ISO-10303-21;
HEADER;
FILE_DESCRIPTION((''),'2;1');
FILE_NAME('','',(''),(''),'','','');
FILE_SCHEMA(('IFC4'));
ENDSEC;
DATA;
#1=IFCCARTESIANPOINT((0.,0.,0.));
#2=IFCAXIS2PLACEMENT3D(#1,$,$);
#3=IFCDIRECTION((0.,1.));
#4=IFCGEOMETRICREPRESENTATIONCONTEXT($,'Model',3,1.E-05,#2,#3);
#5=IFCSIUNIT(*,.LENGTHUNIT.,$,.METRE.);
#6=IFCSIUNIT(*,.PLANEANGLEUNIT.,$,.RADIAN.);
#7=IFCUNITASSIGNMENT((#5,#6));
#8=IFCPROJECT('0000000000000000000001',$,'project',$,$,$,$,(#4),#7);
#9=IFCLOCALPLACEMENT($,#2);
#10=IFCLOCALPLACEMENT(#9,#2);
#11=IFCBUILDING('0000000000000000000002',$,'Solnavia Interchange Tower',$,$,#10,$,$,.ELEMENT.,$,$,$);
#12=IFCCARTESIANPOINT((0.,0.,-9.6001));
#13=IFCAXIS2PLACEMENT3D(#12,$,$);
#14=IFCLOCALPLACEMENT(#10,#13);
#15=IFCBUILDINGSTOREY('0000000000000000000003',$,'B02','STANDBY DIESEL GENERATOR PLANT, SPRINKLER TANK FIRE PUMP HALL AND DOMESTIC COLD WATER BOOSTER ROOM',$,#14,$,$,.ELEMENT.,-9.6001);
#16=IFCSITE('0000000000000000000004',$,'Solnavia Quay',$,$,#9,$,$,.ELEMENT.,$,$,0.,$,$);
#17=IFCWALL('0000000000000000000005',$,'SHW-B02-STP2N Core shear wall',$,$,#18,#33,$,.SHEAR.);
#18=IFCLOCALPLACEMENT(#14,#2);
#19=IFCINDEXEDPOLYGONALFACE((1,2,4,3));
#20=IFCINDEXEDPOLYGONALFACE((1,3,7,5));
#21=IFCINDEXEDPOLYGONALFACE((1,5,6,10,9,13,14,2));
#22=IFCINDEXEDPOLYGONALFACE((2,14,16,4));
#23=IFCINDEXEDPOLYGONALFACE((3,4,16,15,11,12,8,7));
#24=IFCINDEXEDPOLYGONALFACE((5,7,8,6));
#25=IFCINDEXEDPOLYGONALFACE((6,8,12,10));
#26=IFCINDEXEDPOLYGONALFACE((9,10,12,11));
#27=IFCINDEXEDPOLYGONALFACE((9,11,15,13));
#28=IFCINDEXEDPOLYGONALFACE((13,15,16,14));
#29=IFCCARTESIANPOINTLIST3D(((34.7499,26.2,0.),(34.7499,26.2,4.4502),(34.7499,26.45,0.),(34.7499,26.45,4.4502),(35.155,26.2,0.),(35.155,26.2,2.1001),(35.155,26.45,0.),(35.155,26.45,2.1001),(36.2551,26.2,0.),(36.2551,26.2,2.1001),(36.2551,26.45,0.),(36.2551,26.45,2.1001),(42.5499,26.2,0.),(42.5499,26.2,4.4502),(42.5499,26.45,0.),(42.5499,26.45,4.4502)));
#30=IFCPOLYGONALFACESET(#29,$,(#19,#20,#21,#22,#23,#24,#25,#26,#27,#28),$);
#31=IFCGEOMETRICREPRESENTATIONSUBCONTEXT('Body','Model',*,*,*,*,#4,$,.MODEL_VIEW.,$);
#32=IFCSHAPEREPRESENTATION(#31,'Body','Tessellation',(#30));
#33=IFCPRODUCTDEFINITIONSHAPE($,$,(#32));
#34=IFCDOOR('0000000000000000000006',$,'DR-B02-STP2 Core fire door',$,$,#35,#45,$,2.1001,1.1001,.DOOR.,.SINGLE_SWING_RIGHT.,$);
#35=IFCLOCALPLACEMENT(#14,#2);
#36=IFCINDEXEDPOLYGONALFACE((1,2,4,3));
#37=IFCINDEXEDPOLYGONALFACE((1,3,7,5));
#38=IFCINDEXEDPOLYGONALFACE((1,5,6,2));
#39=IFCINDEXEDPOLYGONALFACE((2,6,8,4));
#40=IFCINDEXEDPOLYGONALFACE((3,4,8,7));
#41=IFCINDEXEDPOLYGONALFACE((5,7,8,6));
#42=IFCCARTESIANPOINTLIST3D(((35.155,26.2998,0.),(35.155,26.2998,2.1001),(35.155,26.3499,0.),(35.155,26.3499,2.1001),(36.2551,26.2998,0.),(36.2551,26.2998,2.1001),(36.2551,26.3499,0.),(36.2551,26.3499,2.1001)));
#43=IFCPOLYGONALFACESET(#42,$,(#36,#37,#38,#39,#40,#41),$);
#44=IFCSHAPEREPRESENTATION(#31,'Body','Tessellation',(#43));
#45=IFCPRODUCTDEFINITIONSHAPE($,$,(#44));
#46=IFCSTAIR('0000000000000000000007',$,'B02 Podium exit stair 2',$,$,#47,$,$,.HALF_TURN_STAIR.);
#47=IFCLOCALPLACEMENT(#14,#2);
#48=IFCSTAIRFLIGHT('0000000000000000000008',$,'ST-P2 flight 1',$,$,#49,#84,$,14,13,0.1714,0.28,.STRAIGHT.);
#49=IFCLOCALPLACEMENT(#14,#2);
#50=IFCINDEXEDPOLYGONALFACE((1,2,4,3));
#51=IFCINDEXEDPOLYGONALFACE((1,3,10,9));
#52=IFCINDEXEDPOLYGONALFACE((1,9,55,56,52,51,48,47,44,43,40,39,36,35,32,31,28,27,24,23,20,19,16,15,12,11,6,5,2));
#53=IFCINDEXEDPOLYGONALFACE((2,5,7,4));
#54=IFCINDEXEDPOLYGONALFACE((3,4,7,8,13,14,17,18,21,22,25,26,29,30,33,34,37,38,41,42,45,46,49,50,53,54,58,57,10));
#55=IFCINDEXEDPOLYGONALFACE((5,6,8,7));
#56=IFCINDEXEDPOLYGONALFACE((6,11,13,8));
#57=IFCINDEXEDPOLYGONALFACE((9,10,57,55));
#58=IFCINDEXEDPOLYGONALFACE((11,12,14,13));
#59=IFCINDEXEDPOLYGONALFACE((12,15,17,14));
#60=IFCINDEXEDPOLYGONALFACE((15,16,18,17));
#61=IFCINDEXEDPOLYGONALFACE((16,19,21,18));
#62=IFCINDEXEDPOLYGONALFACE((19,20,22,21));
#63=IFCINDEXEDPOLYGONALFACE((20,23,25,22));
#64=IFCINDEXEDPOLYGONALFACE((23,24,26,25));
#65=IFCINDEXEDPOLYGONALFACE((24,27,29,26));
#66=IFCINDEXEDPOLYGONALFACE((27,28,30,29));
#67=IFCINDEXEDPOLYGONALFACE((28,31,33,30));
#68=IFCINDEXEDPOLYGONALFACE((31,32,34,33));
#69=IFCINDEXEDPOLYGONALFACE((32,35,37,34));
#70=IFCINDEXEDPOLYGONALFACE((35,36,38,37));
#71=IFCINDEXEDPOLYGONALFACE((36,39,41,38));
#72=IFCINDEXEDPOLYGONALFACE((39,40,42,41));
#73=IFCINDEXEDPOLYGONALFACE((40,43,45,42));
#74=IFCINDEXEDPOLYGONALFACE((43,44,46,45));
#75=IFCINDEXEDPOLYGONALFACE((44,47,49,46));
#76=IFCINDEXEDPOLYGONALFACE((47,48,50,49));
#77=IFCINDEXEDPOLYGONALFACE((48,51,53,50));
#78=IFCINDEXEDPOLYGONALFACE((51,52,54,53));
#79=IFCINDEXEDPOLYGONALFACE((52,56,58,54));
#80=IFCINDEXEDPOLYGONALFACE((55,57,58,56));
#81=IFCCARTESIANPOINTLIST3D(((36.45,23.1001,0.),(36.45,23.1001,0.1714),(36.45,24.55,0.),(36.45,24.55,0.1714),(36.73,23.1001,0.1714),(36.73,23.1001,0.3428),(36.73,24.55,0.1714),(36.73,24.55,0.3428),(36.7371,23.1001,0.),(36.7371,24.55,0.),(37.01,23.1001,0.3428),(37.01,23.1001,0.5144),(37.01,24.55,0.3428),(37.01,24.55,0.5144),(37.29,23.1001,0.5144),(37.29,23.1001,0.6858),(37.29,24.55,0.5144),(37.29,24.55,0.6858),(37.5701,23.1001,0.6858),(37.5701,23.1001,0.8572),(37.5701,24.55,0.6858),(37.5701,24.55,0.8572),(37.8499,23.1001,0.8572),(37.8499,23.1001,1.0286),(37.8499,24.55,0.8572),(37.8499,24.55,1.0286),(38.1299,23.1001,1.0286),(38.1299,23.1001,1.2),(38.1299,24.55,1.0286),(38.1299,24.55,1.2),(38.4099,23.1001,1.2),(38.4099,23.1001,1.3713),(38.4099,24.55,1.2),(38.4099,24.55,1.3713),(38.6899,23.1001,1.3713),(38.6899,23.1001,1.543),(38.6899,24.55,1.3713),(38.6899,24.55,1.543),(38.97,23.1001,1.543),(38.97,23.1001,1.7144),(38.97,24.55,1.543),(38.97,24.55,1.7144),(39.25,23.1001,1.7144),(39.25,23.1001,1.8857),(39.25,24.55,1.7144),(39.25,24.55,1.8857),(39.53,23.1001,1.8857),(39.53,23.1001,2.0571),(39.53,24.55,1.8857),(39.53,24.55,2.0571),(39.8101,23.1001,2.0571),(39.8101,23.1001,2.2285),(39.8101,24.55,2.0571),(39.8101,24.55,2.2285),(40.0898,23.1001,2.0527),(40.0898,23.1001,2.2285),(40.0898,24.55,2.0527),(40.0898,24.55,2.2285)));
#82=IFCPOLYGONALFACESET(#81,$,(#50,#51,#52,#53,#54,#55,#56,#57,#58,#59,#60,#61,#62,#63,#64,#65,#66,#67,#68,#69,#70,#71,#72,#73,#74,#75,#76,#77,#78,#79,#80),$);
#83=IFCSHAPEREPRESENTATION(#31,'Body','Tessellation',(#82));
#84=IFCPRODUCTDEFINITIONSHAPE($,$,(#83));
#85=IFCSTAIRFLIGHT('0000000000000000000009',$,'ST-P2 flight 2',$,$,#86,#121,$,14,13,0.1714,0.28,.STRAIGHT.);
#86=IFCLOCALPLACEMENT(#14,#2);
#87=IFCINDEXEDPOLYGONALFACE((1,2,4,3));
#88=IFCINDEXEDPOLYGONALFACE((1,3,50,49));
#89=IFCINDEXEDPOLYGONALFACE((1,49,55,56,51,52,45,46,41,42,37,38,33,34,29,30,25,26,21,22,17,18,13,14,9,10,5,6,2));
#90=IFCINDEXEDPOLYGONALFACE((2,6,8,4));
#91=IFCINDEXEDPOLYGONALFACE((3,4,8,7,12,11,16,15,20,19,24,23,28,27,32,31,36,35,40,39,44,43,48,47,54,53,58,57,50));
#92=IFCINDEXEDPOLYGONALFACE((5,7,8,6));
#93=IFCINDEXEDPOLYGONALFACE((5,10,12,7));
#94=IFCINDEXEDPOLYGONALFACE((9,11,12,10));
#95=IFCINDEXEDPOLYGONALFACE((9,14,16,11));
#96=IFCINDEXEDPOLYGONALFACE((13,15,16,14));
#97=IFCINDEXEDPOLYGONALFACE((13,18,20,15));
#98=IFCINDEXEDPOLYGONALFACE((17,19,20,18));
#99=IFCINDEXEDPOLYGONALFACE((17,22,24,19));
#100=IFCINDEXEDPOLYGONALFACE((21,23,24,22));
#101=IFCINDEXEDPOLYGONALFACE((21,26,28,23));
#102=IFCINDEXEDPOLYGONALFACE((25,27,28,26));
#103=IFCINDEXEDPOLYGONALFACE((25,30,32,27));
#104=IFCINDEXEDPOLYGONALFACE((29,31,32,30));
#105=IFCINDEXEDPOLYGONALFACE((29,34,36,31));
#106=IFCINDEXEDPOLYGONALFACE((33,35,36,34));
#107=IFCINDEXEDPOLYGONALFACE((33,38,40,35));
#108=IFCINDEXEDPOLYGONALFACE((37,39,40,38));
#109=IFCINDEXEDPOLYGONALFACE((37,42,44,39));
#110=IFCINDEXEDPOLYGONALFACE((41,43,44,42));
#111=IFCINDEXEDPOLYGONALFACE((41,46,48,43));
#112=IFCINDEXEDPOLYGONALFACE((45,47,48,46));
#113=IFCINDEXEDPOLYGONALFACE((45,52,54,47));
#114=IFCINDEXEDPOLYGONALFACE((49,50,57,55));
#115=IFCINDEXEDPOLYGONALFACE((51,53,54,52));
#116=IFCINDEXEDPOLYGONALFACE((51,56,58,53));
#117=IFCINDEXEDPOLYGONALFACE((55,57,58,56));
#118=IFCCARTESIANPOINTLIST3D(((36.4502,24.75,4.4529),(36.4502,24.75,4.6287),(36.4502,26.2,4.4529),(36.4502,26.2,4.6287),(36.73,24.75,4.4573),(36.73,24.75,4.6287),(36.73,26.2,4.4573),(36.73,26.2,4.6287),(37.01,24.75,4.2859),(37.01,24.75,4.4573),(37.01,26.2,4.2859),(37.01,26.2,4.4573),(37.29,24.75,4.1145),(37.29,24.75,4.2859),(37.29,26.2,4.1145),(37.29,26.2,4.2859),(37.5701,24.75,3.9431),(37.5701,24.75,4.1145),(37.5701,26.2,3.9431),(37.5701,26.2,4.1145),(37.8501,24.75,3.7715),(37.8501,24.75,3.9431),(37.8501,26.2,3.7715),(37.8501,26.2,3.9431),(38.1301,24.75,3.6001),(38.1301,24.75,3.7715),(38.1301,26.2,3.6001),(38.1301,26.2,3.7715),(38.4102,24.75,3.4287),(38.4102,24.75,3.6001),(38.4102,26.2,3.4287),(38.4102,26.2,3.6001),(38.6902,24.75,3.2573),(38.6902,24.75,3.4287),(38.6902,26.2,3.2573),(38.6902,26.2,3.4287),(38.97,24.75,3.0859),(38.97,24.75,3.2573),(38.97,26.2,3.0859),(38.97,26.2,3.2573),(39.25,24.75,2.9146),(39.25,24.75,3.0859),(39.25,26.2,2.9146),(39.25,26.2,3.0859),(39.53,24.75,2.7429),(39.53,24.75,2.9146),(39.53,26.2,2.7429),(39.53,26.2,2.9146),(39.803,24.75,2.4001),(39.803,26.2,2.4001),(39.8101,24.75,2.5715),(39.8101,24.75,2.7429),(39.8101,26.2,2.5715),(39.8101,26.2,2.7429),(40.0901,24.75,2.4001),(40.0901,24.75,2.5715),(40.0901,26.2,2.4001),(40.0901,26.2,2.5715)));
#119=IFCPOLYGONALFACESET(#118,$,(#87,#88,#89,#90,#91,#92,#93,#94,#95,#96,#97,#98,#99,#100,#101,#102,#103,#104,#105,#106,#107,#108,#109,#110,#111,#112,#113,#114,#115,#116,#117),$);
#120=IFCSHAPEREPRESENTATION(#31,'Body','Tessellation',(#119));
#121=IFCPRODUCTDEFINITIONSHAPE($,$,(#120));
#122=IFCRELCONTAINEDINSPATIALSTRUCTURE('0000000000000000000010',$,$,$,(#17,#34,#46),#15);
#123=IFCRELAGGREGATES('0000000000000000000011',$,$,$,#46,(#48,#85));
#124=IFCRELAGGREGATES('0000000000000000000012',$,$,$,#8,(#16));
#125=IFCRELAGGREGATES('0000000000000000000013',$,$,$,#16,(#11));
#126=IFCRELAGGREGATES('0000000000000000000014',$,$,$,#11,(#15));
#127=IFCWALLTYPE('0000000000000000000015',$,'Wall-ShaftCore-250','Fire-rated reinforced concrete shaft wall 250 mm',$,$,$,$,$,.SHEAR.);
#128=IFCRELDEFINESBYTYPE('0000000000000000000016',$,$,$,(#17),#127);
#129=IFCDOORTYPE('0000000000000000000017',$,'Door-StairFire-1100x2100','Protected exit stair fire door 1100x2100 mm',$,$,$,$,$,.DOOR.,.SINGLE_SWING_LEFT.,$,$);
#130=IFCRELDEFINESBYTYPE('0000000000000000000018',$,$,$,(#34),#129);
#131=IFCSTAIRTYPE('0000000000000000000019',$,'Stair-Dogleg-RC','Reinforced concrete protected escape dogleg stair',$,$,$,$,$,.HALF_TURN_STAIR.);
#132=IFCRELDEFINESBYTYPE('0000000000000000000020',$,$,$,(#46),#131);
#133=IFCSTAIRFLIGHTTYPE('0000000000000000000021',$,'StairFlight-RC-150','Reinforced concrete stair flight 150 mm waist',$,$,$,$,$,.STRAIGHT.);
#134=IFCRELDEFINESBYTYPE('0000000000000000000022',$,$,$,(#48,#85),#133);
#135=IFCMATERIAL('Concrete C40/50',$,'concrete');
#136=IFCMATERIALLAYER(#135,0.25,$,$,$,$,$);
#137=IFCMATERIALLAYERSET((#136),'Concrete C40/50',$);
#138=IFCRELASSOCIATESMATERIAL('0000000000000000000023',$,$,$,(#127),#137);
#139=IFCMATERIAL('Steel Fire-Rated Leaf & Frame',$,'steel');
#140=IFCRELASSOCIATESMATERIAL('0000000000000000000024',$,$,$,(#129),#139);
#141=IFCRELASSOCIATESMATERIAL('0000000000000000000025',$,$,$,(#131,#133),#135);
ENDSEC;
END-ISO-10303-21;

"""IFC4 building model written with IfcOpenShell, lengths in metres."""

from ifc_helpers import new_model, si_unit, direction, frame, frame_2d, origin, place, context, subcontext, project, spatial, polyline, rectangle, outline, extrude, material, layer, layer_set, type_object, element, fill, aggregate, save


model = new_model("IFC4")

# Units and contexts
model_context = context("Model", 3, precision=1e-05, world=origin(), true_north=direction((0.0, 1.0)))
body_context = subcontext(model_context, "Body", "Model", "MODEL_VIEW")
ifc_project = project(units=[si_unit("LENGTHUNIT", "METRE"), si_unit("PLANEANGLEUNIT", "RADIAN")], contexts=[model_context])

# Site, building, storey
site_placement = place(None, origin())
site = spatial("IfcSite", under=ifc_project, at=site_placement, Name="Solnavia Quay", CompositionType="ELEMENT", RefElevation=0.0)
building_placement = place(site_placement, origin())
building = spatial("IfcBuilding", under=site, at=building_placement, Name="Solnavia Interchange Tower", CompositionType="ELEMENT")
storey_placement = place(building_placement, frame((0.0, 0.0, -9.6001)))
storey = spatial("IfcBuildingStorey", under=building, at=storey_placement, Name="B02", Description="STANDBY DIESEL GENERATOR PLANT, SPRINKLER TANK FIRE PUMP HALL AND DOMESTIC COLD WATER BOOSTER ROOM", CompositionType="ELEMENT", Elevation=-9.6001)

# Shared definitions
ifc_material_1 = material(Name="Concrete C40/50", Category="concrete")

# Wall, opening, door
ifc_layer_1 = layer(ifc_material_1, 0.25)
ifc_layer_set_1 = layer_set([ifc_layer_1], Name="Concrete C40/50")
wall_type_1 = type_object("IfcWallType", Name="Wall-ShaftCore-250", Description="Fire-rated reinforced concrete shaft wall 250 mm", PredefinedType="SHEAR", material=ifc_layer_set_1)
wall_1_placement = place(storey_placement, frame((34.75, 26.325, 0.0), z_axis=(0.0, 0.0, 1.0), x_axis=(1.0, 0.0, 0.0)))
wall_1 = element("IfcWall", 1, at=wall_1_placement, inside=storey, type_object=wall_type_1, Name="SHW-B02-STP2N Core shear wall", PredefinedType="SHEAR", context=body_context, shape_type="SweptSolid", body=[
    extrude(rectangle(XDim=7.8, YDim=0.25, at=frame_2d((3.8999, 0.0))), origin(), (0.0, 0.0, 1.0), 4.4502),
])
opening_1_placement = place(wall_1_placement, frame((0.405, 0.0, 0.0)))
opening_1 = element("IfcOpeningElement", 2, at=opening_1_placement, cuts=wall_1, PredefinedType="OPENING", context=body_context, shape_type="SweptSolid", body=[
    extrude(rectangle(XDim=1.1001, YDim=2.1001, at=frame_2d((0.55, 1.05))), frame((0.0, 0.135, 0.0), z_axis=(0.0, -1.0, 0.0), x_axis=(1.0, 0.0, 0.0)), (0.0, 0.0, 1.0), 0.27),
])
ifc_material_2 = material(Name="Steel Fire-Rated Leaf & Frame", Category="steel")
door_type_1 = type_object("IfcDoorType", Name="Door-StairFire-1100x2100", Description="Protected exit stair fire door 1100x2100 mm", OperationType="SINGLE_SWING_LEFT", PredefinedType="DOOR", material=ifc_material_2)
door_1_placement = place(opening_1_placement, origin())
door_1 = element("IfcDoor", 3, at=door_1_placement, inside=storey, type_object=door_type_1, Name="DR-B02-STP2 Core fire door", OperationType="SINGLE_SWING_RIGHT", OverallHeight=2.1001, OverallWidth=1.1001, PredefinedType="DOOR", context=body_context, shape_type="SweptSolid", body=[
    extrude(rectangle(XDim=1.1001, YDim=2.1001, at=frame_2d((0.55, 1.05))), frame((0.0, 0.0249, 0.0), z_axis=(0.0, -1.0, 0.0), x_axis=(1.0, 0.0, 0.0)), (0.0, 0.0, 1.0), 0.05),
])
fill(opening_1, door_1)

# Stair, stair flights
stair_type = type_object("IfcStairType", Name="Stair-Dogleg-RC", Description="Reinforced concrete protected escape dogleg stair", PredefinedType="HALF_TURN_STAIR", material=ifc_material_1)
stair_placement = place(storey_placement, origin())
stair = element("IfcStair", 4, at=stair_placement, inside=storey, type_object=stair_type, Name="B02 Podium exit stair 2", PredefinedType="HALF_TURN_STAIR")
stair_flight_type = type_object("IfcStairFlightType", Name="StairFlight-RC-150", Description="Reinforced concrete stair flight 150 mm waist", PredefinedType="STRAIGHT", material=ifc_material_1)
stair_flight_1_placement = place(storey_placement, frame((36.45, 23.825, 0.0), z_axis=(0.0, 0.0, 1.0), x_axis=(1.0, 0.0, 0.0)))
stair_flight_1 = element("IfcStairFlight", 5, at=stair_flight_1_placement, type_object=stair_flight_type, Name="ST-P2 flight 1", NumberOfRisers=14, NumberOfTreads=13, PredefinedType="STRAIGHT", RiserHeight=0.1714, TreadLength=0.28, context=body_context, shape_type="SweptSolid", body=[
    extrude(outline(polyline([(0.0, 0.0), (0.0, 0.1714), (0.28, 0.1714), (0.28, 0.3428), (0.5601, 0.3428), (0.5601, 0.5144), (0.8401, 0.5144), (0.8401, 0.6858), (1.1201, 0.6858), (1.1201, 0.8572), (1.3999, 0.8572), (1.3999, 1.0286), (1.6799, 1.0286), (1.6799, 1.2), (1.96, 1.2), (1.96, 1.3713), (2.24, 1.3713), (2.24, 1.543), (2.52, 1.543), (2.52, 1.7144), (2.8, 1.7144), (2.8, 1.8857), (3.0801, 1.8857), (3.0801, 2.0571), (3.3601, 2.0571), (3.3601, 2.2285), (3.6399, 2.2285), (3.6399, 2.3999), (3.6399, 2.0527), (0.2871, 0.0), (0.0, 0.0)])), frame((0.0, 0.7251, 0.0), z_axis=(0.0, -1.0, 0.0), x_axis=(1.0, 0.0, 0.0)), (0.0, 0.0, 1.0), 1.45),
])
stair_flight_2_placement = place(storey_placement, frame((40.0901, 25.4751, 2.4001), z_axis=(0.0, 0.0, 1.0), x_axis=(-1.0, 0.0, 0.0)))
stair_flight_2 = element("IfcStairFlight", 6, at=stair_flight_2_placement, type_object=stair_flight_type, Name="ST-P2 flight 2", NumberOfRisers=14, NumberOfTreads=13, PredefinedType="STRAIGHT", RiserHeight=0.1714, TreadLength=0.28, context=body_context, shape_type="SweptSolid", body=[
    extrude(outline(polyline([(0.0, 0.0), (0.0, 0.1714), (0.28, 0.1714), (0.28, 0.3428), (0.5601, 0.3428), (0.5601, 0.5144), (0.8401, 0.5144), (0.8401, 0.6858), (1.1201, 0.6858), (1.1201, 0.8572), (1.3999, 0.8572), (1.3999, 1.0286), (1.6799, 1.0286), (1.6799, 1.2), (1.96, 1.2), (1.96, 1.3713), (2.24, 1.3713), (2.24, 1.543), (2.52, 1.543), (2.52, 1.7144), (2.8, 1.7144), (2.8, 1.8857), (3.0801, 1.8857), (3.0801, 2.0571), (3.3601, 2.0571), (3.3601, 2.2285), (3.6399, 2.2285), (3.6399, 2.3999), (3.6399, 2.0527), (0.2871, 0.0), (0.0, 0.0)])), frame((0.0, 0.7251, 0.0), z_axis=(0.0, -1.0, 0.0), x_axis=(1.0, 0.0, 0.0)), (0.0, 0.0, 1.0), 1.45),
])
aggregate(stair, [stair_flight_1, stair_flight_2])

save(model, "model.ifc")
